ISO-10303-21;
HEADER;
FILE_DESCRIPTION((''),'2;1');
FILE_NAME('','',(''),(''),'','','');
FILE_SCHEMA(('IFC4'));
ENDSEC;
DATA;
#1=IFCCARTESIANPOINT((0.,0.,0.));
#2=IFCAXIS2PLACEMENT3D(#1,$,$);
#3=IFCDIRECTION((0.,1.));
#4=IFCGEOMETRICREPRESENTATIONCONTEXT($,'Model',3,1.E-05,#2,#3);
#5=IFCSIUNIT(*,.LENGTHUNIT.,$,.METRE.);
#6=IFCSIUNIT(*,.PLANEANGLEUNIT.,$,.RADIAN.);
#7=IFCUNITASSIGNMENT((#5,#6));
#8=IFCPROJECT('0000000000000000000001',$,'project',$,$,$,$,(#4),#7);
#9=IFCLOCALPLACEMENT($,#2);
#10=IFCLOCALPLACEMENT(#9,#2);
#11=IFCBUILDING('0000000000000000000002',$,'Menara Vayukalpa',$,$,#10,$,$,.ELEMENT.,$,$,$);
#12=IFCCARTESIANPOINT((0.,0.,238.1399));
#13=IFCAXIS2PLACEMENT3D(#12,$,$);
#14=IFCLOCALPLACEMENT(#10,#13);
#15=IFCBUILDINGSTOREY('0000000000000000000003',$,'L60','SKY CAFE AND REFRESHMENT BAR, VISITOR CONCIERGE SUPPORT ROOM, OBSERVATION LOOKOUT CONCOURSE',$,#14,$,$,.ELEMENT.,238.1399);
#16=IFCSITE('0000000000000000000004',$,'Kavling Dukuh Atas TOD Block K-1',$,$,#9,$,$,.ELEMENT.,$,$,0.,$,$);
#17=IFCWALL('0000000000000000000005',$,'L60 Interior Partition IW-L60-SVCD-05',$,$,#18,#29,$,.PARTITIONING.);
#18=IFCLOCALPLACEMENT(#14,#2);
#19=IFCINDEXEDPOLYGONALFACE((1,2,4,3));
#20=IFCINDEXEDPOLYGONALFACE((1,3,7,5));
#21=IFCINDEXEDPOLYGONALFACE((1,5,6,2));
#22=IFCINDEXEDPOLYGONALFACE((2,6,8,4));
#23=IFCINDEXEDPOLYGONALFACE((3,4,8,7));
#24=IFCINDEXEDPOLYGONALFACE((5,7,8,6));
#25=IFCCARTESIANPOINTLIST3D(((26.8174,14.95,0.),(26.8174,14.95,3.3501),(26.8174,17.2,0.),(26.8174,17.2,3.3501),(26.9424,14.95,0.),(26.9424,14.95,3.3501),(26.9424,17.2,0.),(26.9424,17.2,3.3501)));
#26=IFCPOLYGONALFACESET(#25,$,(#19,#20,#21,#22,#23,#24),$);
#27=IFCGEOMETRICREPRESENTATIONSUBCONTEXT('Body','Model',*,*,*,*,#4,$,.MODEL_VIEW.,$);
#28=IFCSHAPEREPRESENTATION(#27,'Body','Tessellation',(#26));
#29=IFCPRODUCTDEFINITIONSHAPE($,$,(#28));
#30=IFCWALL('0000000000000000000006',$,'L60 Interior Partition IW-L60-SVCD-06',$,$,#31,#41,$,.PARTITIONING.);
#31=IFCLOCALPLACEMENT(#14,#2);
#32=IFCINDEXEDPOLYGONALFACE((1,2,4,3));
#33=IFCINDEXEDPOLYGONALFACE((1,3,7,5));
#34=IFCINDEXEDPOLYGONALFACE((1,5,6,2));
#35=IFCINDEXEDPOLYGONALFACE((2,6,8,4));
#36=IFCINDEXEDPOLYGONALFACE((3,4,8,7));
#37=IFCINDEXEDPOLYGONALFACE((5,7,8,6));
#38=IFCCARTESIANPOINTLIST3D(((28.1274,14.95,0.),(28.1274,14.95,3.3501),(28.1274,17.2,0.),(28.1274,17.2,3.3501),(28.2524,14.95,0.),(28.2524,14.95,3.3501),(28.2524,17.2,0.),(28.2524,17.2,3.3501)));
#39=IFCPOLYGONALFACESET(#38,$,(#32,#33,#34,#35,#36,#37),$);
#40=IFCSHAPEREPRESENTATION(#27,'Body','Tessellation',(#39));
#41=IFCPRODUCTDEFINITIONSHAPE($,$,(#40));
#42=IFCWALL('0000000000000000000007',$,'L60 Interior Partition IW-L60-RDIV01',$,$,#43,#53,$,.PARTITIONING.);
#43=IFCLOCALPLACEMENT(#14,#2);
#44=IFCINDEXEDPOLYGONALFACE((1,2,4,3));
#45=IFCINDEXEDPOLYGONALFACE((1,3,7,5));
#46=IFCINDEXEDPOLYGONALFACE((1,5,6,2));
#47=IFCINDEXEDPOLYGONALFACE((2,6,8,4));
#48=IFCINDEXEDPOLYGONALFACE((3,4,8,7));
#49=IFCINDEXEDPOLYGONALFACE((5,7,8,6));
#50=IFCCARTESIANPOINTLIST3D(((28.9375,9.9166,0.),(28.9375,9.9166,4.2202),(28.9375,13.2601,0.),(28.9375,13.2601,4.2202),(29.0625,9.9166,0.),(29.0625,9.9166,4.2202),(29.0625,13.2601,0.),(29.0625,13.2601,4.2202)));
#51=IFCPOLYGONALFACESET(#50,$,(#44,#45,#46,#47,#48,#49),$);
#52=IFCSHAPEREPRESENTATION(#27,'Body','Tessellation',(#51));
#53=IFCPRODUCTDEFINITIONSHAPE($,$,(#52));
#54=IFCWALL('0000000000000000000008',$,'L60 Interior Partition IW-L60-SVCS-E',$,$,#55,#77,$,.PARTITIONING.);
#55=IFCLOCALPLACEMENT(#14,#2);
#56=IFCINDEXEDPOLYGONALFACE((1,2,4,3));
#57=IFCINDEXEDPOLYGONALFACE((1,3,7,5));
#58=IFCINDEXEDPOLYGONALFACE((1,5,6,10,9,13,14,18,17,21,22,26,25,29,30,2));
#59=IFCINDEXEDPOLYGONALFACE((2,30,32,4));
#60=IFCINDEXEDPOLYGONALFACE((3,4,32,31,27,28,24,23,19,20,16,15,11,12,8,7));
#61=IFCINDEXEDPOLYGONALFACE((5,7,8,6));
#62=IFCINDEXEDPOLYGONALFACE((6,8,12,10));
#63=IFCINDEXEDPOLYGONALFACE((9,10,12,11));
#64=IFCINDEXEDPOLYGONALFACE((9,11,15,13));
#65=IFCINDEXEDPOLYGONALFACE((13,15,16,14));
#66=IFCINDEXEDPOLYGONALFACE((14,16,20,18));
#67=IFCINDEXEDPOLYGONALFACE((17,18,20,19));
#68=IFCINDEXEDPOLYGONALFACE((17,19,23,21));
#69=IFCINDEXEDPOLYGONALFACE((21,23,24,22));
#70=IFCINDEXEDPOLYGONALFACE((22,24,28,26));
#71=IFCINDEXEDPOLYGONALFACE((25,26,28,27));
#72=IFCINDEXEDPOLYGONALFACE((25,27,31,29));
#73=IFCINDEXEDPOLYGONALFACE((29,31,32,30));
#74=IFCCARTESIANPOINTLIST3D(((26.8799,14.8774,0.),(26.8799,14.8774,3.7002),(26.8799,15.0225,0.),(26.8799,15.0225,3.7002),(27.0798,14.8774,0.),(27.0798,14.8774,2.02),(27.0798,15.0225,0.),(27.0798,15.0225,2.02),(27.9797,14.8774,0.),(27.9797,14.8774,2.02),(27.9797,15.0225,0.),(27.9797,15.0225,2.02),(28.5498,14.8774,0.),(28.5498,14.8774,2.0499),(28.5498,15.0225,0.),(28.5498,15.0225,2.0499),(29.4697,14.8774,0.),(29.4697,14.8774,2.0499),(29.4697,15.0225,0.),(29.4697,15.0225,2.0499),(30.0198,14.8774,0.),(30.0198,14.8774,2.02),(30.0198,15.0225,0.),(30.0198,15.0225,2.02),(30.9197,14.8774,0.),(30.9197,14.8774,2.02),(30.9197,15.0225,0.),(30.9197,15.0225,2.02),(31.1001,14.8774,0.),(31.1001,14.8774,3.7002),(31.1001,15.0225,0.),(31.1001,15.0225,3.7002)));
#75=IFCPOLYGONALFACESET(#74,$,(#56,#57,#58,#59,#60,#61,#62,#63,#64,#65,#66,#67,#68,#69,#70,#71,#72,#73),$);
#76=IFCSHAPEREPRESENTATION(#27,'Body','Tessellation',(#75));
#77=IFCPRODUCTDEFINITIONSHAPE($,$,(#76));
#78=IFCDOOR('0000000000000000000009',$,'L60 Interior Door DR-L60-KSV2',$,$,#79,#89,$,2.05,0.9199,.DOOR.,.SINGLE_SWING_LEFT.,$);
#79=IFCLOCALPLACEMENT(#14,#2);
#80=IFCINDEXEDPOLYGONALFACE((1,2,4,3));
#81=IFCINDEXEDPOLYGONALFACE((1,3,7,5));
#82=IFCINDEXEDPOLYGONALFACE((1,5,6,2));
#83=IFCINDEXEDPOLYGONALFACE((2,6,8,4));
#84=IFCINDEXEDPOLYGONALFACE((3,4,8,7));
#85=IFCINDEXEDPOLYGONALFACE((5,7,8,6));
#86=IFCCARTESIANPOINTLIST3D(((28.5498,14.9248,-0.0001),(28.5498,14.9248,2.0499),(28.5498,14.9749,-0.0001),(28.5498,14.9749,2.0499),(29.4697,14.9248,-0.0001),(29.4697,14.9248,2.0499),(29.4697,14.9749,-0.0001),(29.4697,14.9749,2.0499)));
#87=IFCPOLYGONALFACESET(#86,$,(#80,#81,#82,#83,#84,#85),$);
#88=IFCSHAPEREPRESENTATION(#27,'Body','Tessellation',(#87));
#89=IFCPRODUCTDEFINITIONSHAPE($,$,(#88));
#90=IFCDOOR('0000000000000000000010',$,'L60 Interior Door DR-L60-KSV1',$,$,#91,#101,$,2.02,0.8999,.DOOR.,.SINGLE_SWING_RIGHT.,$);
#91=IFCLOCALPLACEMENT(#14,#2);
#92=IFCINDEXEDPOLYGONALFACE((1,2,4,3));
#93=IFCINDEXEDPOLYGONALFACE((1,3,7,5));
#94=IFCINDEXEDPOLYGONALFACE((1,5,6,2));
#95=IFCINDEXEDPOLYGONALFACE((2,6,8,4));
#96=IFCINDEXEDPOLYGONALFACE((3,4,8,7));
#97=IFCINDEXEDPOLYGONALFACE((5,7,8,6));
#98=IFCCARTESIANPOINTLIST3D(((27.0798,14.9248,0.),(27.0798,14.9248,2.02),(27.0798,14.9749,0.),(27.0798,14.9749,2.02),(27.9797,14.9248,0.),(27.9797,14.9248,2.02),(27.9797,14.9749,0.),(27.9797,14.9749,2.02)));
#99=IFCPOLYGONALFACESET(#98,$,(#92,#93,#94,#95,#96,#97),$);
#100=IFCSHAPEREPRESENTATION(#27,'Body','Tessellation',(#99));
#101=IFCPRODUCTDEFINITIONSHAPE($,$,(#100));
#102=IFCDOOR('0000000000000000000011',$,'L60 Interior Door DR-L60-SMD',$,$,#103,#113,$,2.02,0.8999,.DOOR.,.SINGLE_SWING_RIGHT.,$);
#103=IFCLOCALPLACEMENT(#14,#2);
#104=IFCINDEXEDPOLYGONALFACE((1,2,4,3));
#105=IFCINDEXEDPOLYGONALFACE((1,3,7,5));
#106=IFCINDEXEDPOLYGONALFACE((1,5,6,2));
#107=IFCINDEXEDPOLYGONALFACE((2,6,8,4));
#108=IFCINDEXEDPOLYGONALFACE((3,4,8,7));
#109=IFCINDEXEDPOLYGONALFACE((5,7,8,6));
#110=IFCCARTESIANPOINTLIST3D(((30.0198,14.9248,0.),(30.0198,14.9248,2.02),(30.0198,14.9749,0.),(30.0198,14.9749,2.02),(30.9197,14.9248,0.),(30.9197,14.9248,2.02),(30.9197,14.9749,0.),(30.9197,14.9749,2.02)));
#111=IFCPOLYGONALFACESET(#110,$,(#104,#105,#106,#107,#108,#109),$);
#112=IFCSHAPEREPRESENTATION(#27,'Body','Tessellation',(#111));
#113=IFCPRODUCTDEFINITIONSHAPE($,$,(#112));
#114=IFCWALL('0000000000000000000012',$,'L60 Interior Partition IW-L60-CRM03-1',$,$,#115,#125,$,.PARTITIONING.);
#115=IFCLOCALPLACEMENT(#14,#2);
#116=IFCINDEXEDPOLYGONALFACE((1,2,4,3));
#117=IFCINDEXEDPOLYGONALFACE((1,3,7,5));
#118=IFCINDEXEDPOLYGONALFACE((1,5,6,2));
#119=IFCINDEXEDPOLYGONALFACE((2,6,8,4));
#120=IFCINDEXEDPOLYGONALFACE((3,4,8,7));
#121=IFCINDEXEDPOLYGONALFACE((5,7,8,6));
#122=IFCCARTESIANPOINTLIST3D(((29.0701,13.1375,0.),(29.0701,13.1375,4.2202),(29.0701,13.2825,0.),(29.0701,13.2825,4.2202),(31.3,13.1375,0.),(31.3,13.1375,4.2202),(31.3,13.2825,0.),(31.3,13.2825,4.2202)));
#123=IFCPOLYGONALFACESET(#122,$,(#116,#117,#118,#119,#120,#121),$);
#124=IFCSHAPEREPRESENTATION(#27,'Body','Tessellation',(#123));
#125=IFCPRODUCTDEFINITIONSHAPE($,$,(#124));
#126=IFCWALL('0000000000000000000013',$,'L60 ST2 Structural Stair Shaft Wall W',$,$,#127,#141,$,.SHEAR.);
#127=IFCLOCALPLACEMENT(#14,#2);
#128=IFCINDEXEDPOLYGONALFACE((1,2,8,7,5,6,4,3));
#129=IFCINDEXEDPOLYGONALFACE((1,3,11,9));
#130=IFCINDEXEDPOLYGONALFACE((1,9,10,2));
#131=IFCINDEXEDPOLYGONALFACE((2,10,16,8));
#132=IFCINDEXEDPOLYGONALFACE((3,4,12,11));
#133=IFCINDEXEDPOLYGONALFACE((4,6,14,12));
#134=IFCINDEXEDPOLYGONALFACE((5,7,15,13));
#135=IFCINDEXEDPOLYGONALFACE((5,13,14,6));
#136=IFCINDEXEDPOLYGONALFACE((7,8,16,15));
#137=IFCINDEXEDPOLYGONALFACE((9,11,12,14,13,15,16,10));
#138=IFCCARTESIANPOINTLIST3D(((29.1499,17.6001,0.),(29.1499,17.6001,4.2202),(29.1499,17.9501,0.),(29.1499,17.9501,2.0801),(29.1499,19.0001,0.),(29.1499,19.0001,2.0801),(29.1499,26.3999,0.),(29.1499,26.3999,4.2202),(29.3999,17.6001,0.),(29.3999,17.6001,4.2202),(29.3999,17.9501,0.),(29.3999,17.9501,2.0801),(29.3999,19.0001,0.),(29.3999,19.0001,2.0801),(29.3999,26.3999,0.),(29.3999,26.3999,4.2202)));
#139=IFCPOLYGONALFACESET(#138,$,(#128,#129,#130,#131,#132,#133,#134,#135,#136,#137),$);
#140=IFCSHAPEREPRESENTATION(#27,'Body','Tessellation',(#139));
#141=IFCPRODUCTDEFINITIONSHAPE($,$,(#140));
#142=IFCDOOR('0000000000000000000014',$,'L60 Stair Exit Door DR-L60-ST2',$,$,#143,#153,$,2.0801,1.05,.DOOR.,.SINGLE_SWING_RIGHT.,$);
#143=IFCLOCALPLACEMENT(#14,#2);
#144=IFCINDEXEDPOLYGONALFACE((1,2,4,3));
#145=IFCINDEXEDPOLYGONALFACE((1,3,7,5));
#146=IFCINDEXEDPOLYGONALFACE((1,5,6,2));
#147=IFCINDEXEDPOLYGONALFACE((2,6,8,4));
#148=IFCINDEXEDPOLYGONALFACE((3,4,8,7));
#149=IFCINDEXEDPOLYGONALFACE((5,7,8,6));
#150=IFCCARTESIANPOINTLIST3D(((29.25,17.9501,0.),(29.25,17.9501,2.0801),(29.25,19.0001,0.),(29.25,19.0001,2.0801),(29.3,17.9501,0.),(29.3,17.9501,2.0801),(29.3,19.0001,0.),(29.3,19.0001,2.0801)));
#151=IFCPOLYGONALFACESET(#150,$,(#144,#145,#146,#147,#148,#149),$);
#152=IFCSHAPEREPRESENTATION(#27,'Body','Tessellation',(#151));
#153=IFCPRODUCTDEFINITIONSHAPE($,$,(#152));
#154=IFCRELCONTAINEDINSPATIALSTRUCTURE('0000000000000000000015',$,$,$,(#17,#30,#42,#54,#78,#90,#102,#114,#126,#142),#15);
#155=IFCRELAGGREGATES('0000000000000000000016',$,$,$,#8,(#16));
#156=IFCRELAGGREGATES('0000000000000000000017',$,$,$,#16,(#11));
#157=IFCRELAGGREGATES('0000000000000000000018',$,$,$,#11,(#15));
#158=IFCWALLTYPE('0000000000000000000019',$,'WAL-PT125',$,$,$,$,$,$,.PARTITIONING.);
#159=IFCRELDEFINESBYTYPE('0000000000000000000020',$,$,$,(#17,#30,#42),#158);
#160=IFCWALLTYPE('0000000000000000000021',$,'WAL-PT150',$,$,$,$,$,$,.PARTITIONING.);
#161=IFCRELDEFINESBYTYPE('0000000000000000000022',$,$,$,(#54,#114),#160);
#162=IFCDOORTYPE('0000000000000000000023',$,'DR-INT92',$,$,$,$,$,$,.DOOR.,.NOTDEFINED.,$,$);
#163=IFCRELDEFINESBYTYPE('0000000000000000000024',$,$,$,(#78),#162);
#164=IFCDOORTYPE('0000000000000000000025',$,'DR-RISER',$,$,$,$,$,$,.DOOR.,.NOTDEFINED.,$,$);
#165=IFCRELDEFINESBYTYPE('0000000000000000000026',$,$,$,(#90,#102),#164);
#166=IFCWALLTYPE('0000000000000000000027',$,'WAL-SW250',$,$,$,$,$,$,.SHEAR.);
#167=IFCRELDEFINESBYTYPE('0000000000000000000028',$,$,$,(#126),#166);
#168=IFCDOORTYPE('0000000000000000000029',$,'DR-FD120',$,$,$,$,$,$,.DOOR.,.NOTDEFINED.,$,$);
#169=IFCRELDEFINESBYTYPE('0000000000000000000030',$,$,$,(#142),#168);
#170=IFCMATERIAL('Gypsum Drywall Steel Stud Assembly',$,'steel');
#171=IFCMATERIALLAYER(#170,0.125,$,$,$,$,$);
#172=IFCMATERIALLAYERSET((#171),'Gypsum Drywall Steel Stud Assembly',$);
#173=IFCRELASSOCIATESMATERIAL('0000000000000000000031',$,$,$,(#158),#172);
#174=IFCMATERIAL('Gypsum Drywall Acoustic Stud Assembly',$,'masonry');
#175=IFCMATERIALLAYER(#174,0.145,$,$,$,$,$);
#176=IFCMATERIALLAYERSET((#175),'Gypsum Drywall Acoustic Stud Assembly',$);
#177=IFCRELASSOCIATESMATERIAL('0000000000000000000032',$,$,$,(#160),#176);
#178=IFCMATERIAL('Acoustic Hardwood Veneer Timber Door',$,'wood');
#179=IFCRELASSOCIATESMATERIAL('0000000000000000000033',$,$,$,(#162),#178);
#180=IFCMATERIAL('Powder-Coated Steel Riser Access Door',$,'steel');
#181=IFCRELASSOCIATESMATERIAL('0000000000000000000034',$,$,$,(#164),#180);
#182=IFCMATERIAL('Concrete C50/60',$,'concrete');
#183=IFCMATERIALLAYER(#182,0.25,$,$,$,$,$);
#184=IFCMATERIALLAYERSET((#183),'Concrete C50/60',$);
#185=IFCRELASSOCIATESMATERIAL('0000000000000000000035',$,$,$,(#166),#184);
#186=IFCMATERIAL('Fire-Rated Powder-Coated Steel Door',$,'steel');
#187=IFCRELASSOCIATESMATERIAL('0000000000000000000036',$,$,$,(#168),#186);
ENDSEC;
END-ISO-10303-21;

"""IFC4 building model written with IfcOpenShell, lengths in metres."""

from ifc_helpers import new_model, si_unit, direction, frame, frame_2d, origin, place, context, subcontext, project, spatial, rectangle, extrude, material, layer, layer_set, type_object, element, fill, save


model = new_model("IFC4")

# Units and contexts
model_context = context("Model", 3, precision=1e-05, world=origin(), true_north=direction((0.0, 1.0)))
body_context = subcontext(model_context, "Body", "Model", "MODEL_VIEW")
ifc_project = project(units=[si_unit("LENGTHUNIT", "METRE"), si_unit("PLANEANGLEUNIT", "RADIAN")], contexts=[model_context])

# Site, building, storey
site_placement = place(None, origin())
site = spatial("IfcSite", under=ifc_project, at=site_placement, Name="Kavling Dukuh Atas TOD Block K-1", CompositionType="ELEMENT", RefElevation=0.0)
building_placement = place(site_placement, origin())
building = spatial("IfcBuilding", under=site, at=building_placement, Name="Menara Vayukalpa", CompositionType="ELEMENT")
storey_placement = place(building_placement, frame((0.0, 0.0, 238.1399)))
storey = spatial("IfcBuildingStorey", under=building, at=storey_placement, Name="L60", Description="SKY CAFE AND REFRESHMENT BAR, VISITOR CONCIERGE SUPPORT ROOM, OBSERVATION LOOKOUT CONCOURSE", CompositionType="ELEMENT", Elevation=238.1399)

# Walls
ifc_material_1 = material(Name="Gypsum Drywall Steel Stud Assembly", Category="steel")
ifc_layer_1 = layer(ifc_material_1, 0.125)
ifc_layer_set_1 = layer_set([ifc_layer_1], Name="Gypsum Drywall Steel Stud Assembly")
wall_type_1 = type_object("IfcWallType", Name="WAL-PT125", PredefinedType="PARTITIONING", material=ifc_layer_set_1)
for number, where, z_axis, x_axis, name in (
    (1, (26.8799, 14.95, 0.0), (0.0, 0.0, 1.0), (0.0, 1.0, 0.0), "L60 Interior Partition IW-L60-SVCD-05"),
    (2, (28.1899, 14.95, 0.0), (0.0, 0.0, 1.0), (0.0, 1.0, 0.0), "L60 Interior Partition IW-L60-SVCD-06"),
):
    element("IfcWall", number, at=place(storey_placement, frame(where, z_axis=z_axis, x_axis=x_axis)), inside=storey, type_object=wall_type_1, Name=name, PredefinedType="PARTITIONING", context=body_context, shape_type="SweptSolid", body=[
        extrude(rectangle(XDim=2.25, YDim=0.125, at=frame_2d((1.125, 0.0))), origin(), (0.0, 0.0, 1.0), 3.3501),
    ])
wall_1_placement = place(storey_placement, frame((29.0, 9.9165, 0.0), z_axis=(0.0, 0.0, 1.0), x_axis=(0.0, 1.0, 0.0)))
element("IfcWall", 3, at=wall_1_placement, inside=storey, type_object=wall_type_1, Name="L60 Interior Partition IW-L60-RDIV01", PredefinedType="PARTITIONING", context=body_context, shape_type="SweptSolid", body=[
    extrude(rectangle(XDim=3.3435, YDim=0.125, at=frame_2d((1.6719, 0.0))), origin(), (0.0, 0.0, 1.0), 4.2202),
])

# Wall, openings, doors
ifc_material_2 = material(Name="Gypsum Drywall Acoustic Stud Assembly", Category="masonry")
ifc_layer_2 = layer(ifc_material_2, 0.145)
ifc_layer_set_2 = layer_set([ifc_layer_2], Name="Gypsum Drywall Acoustic Stud Assembly")
wall_type_2 = type_object("IfcWallType", Name="WAL-PT150", PredefinedType="PARTITIONING", material=ifc_layer_set_2)
wall_2_placement = place(storey_placement, frame((26.8799, 14.95, 0.0), z_axis=(0.0, 0.0, 1.0), x_axis=(1.0, 0.0, 0.0)))
wall_2 = element("IfcWall", 4, at=wall_2_placement, inside=storey, type_object=wall_type_2, Name="L60 Interior Partition IW-L60-SVCS-E", PredefinedType="PARTITIONING", context=body_context, shape_type="SweptSolid", body=[
    extrude(rectangle(XDim=4.2202, YDim=0.145, at=frame_2d((2.1101, 0.0))), origin(), (0.0, 0.0, 1.0), 3.7002),
])
opening_1_placement = place(wall_2_placement, frame((0.2, 0.0, 0.0)))
opening_1 = element("IfcOpeningElement", 5, at=opening_1_placement, cuts=wall_2, PredefinedType="OPENING", context=body_context, shape_type="SweptSolid", body=[
    extrude(rectangle(XDim=0.8999, YDim=2.02, at=frame_2d((0.45, 1.01))), frame((0.0, 0.0825, 0.0), z_axis=(0.0, -1.0, 0.0), x_axis=(1.0, 0.0, 0.0)), (0.0, 0.0, 1.0), 0.165),
])
opening_2_placement = place(wall_2_placement, frame((1.6699, 0.0, 0.0)))
opening_2 = element("IfcOpeningElement", 6, at=opening_2_placement, cuts=wall_2, PredefinedType="OPENING", context=body_context, shape_type="SweptSolid", body=[
    extrude(rectangle(XDim=0.9199, YDim=2.05, at=frame_2d((0.46, 1.0249))), frame((0.0, 0.0825, 0.0), z_axis=(0.0, -1.0, 0.0), x_axis=(1.0, 0.0, 0.0)), (0.0, 0.0, 1.0), 0.165),
])
opening_3_placement = place(wall_2_placement, frame((3.1399, 0.0, 0.0)))
opening_3 = element("IfcOpeningElement", 7, at=opening_3_placement, cuts=wall_2, PredefinedType="OPENING", context=body_context, shape_type="SweptSolid", body=[
    extrude(rectangle(XDim=0.8999, YDim=2.02, at=frame_2d((0.45, 1.01))), frame((0.0, 0.0825, 0.0), z_axis=(0.0, -1.0, 0.0), x_axis=(1.0, 0.0, 0.0)), (0.0, 0.0, 1.0), 0.165),
])
ifc_material_3 = material(Name="Acoustic Hardwood Veneer Timber Door", Category="wood")
door_type_1 = type_object("IfcDoorType", Name="DR-INT92", OperationType="NOTDEFINED", PredefinedType="DOOR", material=ifc_material_3)
door_1_placement = place(opening_2_placement, origin())
door_1 = element("IfcDoor", 8, at=door_1_placement, inside=storey, type_object=door_type_1, Name="L60 Interior Door DR-L60-KSV2", OperationType="SINGLE_SWING_LEFT", OverallHeight=2.05, OverallWidth=0.9199, PredefinedType="DOOR", context=body_context, shape_type="SweptSolid", body=[
    extrude(rectangle(XDim=0.9199, YDim=2.05, at=frame_2d((0.46, 1.0249))), frame((0.0, 0.0249, 0.0), z_axis=(0.0, -1.0, 0.0), x_axis=(1.0, 0.0, 0.0)), (0.0, 0.0, 1.0), 0.05),
])
fill(opening_2, door_1)
ifc_material_4 = material(Name="Powder-Coated Steel Riser Access Door", Category="steel")
door_type_2 = type_object("IfcDoorType", Name="DR-RISER", OperationType="NOTDEFINED", PredefinedType="DOOR", material=ifc_material_4)
door_2_placement = place(opening_1_placement, origin())
door_2 = element("IfcDoor", 9, at=door_2_placement, inside=storey, type_object=door_type_2, Name="L60 Interior Door DR-L60-KSV1", OperationType="SINGLE_SWING_RIGHT", OverallHeight=2.02, OverallWidth=0.8999, PredefinedType="DOOR", context=body_context, shape_type="SweptSolid", body=[
    extrude(rectangle(XDim=0.8999, YDim=2.02, at=frame_2d((0.45, 1.01))), frame((0.0, 0.0249, 0.0), z_axis=(0.0, -1.0, 0.0), x_axis=(1.0, 0.0, 0.0)), (0.0, 0.0, 1.0), 0.05),
])
fill(opening_1, door_2)
door_3_placement = place(opening_3_placement, origin())
door_3 = element("IfcDoor", 10, at=door_3_placement, inside=storey, type_object=door_type_2, Name="L60 Interior Door DR-L60-SMD", OperationType="SINGLE_SWING_RIGHT", OverallHeight=2.02, OverallWidth=0.8999, PredefinedType="DOOR", context=body_context, shape_type="SweptSolid", body=[
    extrude(rectangle(XDim=0.8999, YDim=2.02, at=frame_2d((0.45, 1.01))), frame((0.0, 0.0249, 0.0), z_axis=(0.0, -1.0, 0.0), x_axis=(1.0, 0.0, 0.0)), (0.0, 0.0, 1.0), 0.05),
])
fill(opening_3, door_3)

# Wall
wall_3_placement = place(storey_placement, frame((29.0701, 13.21, 0.0), z_axis=(0.0, 0.0, 1.0), x_axis=(1.0, 0.0, 0.0)))
element("IfcWall", 11, at=wall_3_placement, inside=storey, type_object=wall_type_2, Name="L60 Interior Partition IW-L60-CRM03-1", PredefinedType="PARTITIONING", context=body_context, shape_type="SweptSolid", body=[
    extrude(rectangle(XDim=2.23, YDim=0.145, at=frame_2d((1.115, 0.0))), origin(), (0.0, 0.0, 1.0), 4.2202),
])

# Wall, opening, door
ifc_material_5 = material(Name="Concrete C50/60", Category="concrete")
ifc_layer_3 = layer(ifc_material_5, 0.25)
ifc_layer_set_3 = layer_set([ifc_layer_3], Name="Concrete C50/60")
wall_type_3 = type_object("IfcWallType", Name="WAL-SW250", PredefinedType="SHEAR", material=ifc_layer_set_3)
wall_4_placement = place(storey_placement, frame((29.2749, 17.6001, 0.0), z_axis=(0.0, 0.0, 1.0), x_axis=(0.0, 1.0, 0.0)))
wall_4 = element("IfcWall", 12, at=wall_4_placement, inside=storey, type_object=wall_type_3, Name="L60 ST2 Structural Stair Shaft Wall W", PredefinedType="SHEAR", context=body_context, shape_type="SweptSolid", body=[
    extrude(rectangle(XDim=8.7998, YDim=0.25, at=frame_2d((4.3999, 0.0))), origin(), (0.0, 0.0, 1.0), 4.2202),
])
opening_4_placement = place(wall_4_placement, frame((0.3501, 0.0, 0.0)))
opening_4 = element("IfcOpeningElement", 13, at=opening_4_placement, cuts=wall_4, PredefinedType="OPENING", context=body_context, shape_type="SweptSolid", body=[
    extrude(rectangle(XDim=1.05, YDim=2.0801, at=frame_2d((0.5249, 1.04))), frame((0.0, 0.135, 0.0), z_axis=(0.0, -1.0, 0.0), x_axis=(1.0, 0.0, 0.0)), (0.0, 0.0, 1.0), 0.27),
])
ifc_material_6 = material(Name="Fire-Rated Powder-Coated Steel Door", Category="steel")
door_type_3 = type_object("IfcDoorType", Name="DR-FD120", OperationType="NOTDEFINED", PredefinedType="DOOR", material=ifc_material_6)
door_4_placement = place(opening_4_placement, origin())
door_4 = element("IfcDoor", 14, at=door_4_placement, inside=storey, type_object=door_type_3, Name="L60 Stair Exit Door DR-L60-ST2", OperationType="SINGLE_SWING_RIGHT", OverallHeight=2.0801, OverallWidth=1.05, PredefinedType="DOOR", context=body_context, shape_type="SweptSolid", body=[
    extrude(rectangle(XDim=1.05, YDim=2.0801, at=frame_2d((0.5249, 1.04))), frame((0.0, 0.0249, 0.0), z_axis=(0.0, -1.0, 0.0), x_axis=(1.0, 0.0, 0.0)), (0.0, 0.0, 1.0), 0.05),
])
fill(opening_4, door_4)

save(model, "model.ifc")
